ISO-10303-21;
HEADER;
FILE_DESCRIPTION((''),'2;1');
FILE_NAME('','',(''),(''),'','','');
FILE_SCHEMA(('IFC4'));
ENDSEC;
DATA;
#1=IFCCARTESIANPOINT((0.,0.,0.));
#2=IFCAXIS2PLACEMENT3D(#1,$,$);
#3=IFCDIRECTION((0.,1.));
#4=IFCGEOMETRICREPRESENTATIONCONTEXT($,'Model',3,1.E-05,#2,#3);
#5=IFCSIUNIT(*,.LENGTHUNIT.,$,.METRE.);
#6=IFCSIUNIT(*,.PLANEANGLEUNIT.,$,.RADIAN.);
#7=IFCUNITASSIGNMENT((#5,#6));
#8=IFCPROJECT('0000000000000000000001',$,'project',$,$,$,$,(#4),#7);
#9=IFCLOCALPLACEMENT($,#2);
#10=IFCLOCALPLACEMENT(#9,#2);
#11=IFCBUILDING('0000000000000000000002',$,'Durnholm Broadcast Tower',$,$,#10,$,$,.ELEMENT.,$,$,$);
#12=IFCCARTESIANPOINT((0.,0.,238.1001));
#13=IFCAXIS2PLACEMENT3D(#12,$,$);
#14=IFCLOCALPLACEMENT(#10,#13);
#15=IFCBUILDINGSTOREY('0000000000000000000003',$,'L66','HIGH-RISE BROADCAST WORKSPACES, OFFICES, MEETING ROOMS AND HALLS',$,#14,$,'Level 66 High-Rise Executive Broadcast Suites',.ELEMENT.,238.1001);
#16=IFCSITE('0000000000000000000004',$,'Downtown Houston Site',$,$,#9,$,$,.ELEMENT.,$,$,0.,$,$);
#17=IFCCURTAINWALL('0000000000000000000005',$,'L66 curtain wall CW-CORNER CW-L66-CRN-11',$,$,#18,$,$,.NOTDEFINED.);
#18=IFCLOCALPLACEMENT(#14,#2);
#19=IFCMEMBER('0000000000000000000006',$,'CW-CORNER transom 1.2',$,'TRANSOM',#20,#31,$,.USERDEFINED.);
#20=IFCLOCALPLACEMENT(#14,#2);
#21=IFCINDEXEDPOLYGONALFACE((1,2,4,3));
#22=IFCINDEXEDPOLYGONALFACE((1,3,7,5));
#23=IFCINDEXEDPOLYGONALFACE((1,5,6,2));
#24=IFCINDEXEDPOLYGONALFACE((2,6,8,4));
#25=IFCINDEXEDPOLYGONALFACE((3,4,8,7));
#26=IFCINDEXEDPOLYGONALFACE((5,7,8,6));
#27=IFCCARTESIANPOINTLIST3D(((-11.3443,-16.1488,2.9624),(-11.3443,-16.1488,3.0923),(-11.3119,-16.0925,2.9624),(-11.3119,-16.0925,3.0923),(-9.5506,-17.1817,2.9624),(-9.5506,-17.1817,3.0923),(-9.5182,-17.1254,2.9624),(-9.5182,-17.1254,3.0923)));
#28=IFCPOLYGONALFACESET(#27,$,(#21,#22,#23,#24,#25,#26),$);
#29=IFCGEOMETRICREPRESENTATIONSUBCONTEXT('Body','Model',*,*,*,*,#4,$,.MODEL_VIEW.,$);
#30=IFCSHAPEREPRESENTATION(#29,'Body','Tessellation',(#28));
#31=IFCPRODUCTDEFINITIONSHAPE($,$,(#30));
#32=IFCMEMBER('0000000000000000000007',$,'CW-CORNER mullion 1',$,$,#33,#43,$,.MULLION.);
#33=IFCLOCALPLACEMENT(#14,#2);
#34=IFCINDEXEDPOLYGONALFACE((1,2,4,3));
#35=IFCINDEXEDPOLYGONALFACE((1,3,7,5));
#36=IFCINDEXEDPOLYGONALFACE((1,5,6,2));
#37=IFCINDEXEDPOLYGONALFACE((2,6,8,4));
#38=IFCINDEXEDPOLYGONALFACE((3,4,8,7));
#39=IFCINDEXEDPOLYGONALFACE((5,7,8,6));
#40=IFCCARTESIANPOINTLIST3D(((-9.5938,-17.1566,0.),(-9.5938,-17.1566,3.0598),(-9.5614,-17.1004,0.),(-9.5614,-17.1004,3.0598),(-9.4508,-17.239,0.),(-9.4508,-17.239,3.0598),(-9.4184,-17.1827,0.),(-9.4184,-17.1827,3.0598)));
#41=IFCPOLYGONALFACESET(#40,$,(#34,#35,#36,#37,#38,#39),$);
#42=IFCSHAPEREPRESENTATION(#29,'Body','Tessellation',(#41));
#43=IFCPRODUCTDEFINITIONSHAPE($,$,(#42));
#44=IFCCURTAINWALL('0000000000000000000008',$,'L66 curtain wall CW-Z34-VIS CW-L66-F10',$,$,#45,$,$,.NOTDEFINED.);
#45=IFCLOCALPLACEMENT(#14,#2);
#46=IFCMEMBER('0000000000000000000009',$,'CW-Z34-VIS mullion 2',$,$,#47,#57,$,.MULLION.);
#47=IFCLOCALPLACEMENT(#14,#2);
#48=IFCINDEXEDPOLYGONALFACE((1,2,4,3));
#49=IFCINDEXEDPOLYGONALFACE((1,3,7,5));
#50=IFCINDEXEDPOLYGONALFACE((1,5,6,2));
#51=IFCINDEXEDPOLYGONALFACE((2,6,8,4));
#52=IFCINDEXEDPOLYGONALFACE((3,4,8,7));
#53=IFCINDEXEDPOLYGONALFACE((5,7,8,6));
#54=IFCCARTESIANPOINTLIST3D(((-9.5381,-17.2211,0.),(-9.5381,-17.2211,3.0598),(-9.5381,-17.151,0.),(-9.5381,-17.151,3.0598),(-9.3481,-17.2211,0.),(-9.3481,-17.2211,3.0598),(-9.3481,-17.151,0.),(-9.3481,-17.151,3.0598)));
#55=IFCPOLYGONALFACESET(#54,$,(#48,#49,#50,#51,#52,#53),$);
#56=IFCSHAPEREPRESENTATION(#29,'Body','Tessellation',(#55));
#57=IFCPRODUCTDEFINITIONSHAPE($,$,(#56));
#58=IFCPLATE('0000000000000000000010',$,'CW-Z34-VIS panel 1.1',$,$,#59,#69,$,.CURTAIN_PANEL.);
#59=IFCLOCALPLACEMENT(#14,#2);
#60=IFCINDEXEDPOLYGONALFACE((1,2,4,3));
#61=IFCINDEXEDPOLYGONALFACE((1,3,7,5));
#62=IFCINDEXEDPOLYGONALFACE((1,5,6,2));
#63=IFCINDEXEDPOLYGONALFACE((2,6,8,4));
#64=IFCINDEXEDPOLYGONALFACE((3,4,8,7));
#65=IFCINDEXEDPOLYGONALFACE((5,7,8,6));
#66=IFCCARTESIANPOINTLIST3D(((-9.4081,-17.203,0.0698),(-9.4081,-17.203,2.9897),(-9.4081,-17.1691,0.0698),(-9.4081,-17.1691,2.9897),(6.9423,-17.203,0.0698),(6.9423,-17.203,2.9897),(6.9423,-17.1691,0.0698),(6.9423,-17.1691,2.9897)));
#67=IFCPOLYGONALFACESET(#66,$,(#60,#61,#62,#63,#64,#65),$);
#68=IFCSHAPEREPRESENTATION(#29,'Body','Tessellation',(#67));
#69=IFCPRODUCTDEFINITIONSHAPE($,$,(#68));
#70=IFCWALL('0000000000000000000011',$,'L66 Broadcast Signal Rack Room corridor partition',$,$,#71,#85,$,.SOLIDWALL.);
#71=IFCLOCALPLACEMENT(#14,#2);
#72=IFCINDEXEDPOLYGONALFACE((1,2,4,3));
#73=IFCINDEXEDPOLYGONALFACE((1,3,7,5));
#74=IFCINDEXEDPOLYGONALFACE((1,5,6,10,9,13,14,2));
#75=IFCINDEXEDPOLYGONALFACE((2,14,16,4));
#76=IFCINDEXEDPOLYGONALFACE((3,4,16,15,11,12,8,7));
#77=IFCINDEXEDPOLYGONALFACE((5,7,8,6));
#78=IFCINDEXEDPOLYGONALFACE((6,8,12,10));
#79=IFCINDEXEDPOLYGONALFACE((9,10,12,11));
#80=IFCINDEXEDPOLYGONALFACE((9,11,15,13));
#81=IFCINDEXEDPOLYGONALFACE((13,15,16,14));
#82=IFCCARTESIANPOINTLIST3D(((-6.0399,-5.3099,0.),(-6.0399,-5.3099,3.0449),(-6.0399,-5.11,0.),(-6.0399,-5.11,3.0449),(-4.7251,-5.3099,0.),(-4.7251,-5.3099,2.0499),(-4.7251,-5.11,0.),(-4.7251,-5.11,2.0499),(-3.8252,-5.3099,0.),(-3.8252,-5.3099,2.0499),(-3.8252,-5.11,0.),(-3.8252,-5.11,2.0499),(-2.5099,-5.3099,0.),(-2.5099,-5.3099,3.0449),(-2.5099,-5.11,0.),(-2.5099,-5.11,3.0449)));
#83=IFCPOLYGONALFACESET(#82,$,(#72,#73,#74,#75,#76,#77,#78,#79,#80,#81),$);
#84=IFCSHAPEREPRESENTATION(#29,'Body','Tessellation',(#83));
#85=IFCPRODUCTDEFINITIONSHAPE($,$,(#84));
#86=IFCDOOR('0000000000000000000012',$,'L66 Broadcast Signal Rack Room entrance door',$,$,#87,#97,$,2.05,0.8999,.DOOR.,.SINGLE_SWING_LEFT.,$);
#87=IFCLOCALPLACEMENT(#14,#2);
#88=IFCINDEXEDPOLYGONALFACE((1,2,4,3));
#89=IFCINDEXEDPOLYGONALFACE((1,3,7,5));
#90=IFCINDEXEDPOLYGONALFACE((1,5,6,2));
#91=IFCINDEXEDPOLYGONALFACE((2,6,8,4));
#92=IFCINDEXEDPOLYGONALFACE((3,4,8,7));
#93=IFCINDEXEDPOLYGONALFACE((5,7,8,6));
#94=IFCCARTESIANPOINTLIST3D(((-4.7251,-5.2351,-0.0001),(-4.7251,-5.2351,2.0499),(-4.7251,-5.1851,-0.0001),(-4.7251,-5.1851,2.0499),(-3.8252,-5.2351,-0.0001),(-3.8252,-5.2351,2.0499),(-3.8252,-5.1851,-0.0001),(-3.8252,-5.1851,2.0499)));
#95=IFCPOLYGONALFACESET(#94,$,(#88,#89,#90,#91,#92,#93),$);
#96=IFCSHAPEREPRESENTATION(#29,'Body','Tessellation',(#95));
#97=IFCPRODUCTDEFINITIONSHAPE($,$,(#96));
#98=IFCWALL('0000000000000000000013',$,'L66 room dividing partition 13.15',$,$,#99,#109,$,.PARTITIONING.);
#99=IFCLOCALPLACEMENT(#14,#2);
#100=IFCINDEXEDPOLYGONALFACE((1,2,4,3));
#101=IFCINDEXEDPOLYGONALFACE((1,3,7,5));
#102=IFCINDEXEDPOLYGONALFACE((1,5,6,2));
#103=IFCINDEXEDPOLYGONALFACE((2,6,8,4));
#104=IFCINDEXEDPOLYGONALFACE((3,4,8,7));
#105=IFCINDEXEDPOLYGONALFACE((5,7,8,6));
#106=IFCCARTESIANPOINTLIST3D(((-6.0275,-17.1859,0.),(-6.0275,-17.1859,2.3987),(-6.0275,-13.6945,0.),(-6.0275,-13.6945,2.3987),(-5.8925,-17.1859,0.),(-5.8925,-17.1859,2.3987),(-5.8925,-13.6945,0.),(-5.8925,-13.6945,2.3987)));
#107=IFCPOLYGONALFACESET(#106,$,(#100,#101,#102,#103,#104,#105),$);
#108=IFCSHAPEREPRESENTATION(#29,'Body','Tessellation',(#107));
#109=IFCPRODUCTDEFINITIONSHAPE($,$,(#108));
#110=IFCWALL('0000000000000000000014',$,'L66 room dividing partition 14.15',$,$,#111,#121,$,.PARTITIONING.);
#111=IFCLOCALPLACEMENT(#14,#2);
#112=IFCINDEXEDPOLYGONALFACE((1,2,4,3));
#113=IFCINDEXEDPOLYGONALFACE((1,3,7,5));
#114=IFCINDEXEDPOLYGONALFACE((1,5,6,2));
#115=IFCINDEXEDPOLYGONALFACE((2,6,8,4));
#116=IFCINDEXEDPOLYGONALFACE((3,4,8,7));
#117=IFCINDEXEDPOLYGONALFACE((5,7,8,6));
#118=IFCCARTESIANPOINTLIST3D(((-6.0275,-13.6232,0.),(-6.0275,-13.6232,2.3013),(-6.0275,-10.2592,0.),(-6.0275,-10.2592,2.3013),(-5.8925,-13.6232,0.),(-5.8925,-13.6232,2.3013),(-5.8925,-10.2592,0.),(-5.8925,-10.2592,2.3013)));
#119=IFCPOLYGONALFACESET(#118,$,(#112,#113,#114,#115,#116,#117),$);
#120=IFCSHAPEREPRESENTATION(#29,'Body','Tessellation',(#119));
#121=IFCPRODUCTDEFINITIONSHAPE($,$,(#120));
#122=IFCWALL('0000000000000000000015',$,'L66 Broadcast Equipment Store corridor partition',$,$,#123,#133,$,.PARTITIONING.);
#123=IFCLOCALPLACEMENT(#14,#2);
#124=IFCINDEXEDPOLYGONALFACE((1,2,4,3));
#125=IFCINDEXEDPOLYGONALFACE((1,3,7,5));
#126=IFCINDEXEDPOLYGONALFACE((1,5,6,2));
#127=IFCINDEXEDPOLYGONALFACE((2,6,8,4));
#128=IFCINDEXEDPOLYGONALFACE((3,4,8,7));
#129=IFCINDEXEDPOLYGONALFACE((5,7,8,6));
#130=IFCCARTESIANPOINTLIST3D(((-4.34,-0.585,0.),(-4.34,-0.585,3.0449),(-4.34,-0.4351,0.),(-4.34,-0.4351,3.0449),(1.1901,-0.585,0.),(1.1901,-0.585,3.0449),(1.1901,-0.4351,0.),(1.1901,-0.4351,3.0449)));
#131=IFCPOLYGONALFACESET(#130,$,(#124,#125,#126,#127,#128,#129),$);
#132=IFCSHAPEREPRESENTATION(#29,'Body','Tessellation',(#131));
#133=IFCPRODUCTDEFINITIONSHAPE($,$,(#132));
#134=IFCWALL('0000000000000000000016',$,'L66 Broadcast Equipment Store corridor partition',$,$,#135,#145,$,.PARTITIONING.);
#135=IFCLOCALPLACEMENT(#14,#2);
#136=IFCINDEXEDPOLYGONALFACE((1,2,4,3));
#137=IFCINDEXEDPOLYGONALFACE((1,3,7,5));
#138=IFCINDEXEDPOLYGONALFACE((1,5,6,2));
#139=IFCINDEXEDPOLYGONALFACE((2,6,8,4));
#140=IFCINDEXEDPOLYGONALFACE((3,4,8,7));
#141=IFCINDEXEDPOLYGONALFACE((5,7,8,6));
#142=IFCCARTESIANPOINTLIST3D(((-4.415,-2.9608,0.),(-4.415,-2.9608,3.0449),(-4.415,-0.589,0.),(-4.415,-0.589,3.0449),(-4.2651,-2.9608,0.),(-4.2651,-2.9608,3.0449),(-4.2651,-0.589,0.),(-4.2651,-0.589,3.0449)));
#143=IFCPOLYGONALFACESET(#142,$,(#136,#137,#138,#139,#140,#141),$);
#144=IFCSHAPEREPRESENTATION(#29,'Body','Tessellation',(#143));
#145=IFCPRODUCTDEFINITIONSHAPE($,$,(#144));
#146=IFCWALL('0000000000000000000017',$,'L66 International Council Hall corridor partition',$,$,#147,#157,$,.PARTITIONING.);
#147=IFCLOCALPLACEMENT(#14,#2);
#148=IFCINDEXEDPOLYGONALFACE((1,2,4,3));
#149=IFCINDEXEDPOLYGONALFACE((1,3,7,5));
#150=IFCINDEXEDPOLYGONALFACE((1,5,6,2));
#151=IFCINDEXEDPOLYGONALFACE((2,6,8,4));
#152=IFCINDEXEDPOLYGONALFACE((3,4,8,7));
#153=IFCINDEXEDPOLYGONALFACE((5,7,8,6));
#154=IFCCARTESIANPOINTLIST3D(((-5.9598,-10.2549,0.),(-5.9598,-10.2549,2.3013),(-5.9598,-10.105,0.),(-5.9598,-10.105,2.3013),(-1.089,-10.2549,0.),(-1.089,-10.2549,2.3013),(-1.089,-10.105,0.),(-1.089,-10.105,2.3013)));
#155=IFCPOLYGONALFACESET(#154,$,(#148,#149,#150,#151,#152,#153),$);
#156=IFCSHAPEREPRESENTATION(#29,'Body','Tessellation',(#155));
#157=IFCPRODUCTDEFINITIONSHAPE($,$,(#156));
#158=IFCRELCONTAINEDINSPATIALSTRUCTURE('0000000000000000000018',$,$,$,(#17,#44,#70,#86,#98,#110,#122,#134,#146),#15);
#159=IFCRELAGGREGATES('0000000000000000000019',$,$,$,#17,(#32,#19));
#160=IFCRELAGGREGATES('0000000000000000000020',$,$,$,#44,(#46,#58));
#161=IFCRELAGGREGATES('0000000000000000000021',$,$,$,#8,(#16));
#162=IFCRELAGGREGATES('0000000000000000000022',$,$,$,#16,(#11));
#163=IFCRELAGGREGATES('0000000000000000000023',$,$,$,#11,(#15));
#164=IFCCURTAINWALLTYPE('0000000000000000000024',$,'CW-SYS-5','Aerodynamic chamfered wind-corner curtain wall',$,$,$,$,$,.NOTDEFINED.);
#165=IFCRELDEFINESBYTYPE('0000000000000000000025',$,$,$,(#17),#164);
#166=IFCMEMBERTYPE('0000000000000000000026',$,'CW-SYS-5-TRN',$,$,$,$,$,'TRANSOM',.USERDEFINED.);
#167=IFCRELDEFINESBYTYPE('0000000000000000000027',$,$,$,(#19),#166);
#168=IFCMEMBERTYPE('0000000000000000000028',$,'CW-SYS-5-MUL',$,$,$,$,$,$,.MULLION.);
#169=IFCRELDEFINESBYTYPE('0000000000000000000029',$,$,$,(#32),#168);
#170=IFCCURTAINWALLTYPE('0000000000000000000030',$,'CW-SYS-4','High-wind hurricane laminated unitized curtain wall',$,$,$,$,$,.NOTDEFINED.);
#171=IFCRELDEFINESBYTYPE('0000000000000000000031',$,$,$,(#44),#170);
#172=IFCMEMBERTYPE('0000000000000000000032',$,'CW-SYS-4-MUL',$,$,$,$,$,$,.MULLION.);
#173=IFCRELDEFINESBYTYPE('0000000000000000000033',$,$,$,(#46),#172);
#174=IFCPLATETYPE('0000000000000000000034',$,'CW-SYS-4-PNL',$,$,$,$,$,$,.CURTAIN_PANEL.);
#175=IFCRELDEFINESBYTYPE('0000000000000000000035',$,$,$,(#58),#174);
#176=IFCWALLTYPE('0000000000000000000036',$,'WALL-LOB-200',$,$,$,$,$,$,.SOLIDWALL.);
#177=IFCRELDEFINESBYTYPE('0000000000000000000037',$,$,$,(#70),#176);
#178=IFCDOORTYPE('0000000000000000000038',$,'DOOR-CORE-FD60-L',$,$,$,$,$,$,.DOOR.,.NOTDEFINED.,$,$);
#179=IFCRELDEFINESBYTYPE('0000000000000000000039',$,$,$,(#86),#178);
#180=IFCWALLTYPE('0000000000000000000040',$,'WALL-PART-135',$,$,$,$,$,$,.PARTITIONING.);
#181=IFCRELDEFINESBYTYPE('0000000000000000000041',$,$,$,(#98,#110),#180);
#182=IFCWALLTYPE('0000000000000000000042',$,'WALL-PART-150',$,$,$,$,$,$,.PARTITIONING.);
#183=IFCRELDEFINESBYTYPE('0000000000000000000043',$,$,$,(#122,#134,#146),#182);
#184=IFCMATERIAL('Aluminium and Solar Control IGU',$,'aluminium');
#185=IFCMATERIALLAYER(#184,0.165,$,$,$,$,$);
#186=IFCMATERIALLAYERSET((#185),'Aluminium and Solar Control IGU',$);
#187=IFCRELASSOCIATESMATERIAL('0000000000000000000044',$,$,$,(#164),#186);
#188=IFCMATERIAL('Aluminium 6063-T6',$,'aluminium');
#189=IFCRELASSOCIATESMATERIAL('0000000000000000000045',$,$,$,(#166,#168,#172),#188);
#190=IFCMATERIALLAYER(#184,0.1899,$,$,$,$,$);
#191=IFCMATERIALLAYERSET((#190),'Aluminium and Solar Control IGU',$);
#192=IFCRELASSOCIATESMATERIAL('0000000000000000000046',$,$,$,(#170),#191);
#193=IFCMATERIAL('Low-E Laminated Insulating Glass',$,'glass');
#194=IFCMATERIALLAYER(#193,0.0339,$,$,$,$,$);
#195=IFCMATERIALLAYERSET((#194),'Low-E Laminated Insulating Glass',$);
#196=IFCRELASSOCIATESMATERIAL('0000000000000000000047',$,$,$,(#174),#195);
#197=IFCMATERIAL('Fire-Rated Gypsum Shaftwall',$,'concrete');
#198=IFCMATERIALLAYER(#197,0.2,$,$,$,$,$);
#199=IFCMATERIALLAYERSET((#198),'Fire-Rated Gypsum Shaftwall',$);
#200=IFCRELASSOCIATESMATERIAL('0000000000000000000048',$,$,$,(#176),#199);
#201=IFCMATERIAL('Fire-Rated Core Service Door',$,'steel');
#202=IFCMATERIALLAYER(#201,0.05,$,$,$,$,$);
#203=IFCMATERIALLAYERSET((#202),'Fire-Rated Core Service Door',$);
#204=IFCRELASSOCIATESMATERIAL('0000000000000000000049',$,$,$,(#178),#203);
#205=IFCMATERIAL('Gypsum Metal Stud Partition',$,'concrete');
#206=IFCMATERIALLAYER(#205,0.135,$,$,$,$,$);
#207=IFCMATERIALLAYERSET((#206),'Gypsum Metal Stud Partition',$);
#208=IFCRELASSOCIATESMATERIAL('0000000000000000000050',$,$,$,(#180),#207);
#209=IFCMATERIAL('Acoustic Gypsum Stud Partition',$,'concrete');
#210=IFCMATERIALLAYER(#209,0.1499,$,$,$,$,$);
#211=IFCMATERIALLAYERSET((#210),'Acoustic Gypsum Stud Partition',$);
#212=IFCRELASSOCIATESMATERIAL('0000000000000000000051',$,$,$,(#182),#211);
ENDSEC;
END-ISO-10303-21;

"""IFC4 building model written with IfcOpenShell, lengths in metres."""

from ifc_helpers import new_model, si_unit, direction, frame, frame_2d, origin, origin_2d, place, context, subcontext, project, spatial, rectangle, extrude, source, transform, mapped, material, layer, layer_set, material_profile, profile_set, type_object, type_shapes, element, fill, aggregate, save


model = new_model("IFC4")

# Units and contexts
model_context = context("Model", 3, precision=1e-05, world=origin(), true_north=direction((0.0, 1.0)))
body_context = subcontext(model_context, "Body", "Model", "MODEL_VIEW")
ifc_project = project(units=[si_unit("LENGTHUNIT", "METRE"), si_unit("PLANEANGLEUNIT", "RADIAN")], contexts=[model_context])

# Site, building, storey
site_placement = place(None, origin())
site = spatial("IfcSite", under=ifc_project, at=site_placement, Name="Downtown Houston Site", CompositionType="ELEMENT", RefElevation=0.0)
building_placement = place(site_placement, origin())
building = spatial("IfcBuilding", under=site, at=building_placement, Name="Durnholm Broadcast Tower", CompositionType="ELEMENT")
storey_placement = place(building_placement, frame((0.0, 0.0, 238.1001)))
storey = spatial("IfcBuildingStorey", under=building, at=storey_placement, Name="L66", Description="HIGH-RISE BROADCAST WORKSPACES, OFFICES, MEETING ROOMS AND HALLS", LongName="Level 66 High-Rise Executive Broadcast Suites", CompositionType="ELEMENT", Elevation=238.1001)

# Curtain wall, members
ifc_material_1 = material(Name="Aluminium and Solar Control IGU", Category="aluminium")
ifc_layer_1 = layer(ifc_material_1, 0.165)
ifc_layer_set_1 = layer_set([ifc_layer_1], Name="Aluminium and Solar Control IGU")
curtain_wall_type_1 = type_object("IfcCurtainWallType", Name="CW-SYS-5", Description="Aerodynamic chamfered wind-corner curtain wall", PredefinedType="NOTDEFINED", material=ifc_layer_set_1)
curtain_wall_1_placement = place(storey_placement, origin())
curtain_wall_1 = element("IfcCurtainWall", 1, at=curtain_wall_1_placement, inside=storey, type_object=curtain_wall_type_1, Name="L66 curtain wall CW-CORNER CW-L66-CRN-11", PredefinedType="NOTDEFINED")
ifc_material_2 = material(Name="Aluminium 6063-T6", Category="aluminium")
ifc_material_profile_1 = material_profile(ifc_material_2, rectangle(XDim=0.0649, YDim=0.1299, at=origin_2d()), Name="CWT65X130")
ifc_profile_set_1 = profile_set([ifc_material_profile_1], Name="Aluminium 6063-T6")
member_type_1 = type_object("IfcMemberType", Name="CW-SYS-5-TRN", ElementType="TRANSOM", PredefinedType="USERDEFINED", material=ifc_profile_set_1)
shared_shape_1 = source(origin(), body_context, "Body", "SweptSolid", [
    extrude(rectangle(XDim=0.0649, YDim=0.1299, at=origin_2d()), origin(), (0.0, 0.0, 1.0), 2.0698),
])
type_shapes(member_type_1, [shared_shape_1])
member_1_placement = place(storey_placement, frame((-9.5344, -17.1536, 3.0273), z_axis=(-0.866576, 0.499045, 0.0), x_axis=(-0.499045, -0.866576, 0.0)))
member_1 = element("IfcMember", 2, at=member_1_placement, type_object=member_type_1, Name="CW-CORNER transom 1.2", ObjectType="TRANSOM", PredefinedType="USERDEFINED", context=body_context, shape_type="MappedRepresentation", body=[
    mapped(shared_shape_1, transform((0.0, 0.0, 0.0), x_axis=(1.0, 0.0, 0.0), y_axis=(0.0, 1.0, 0.0), z_axis=(0.0, 0.0, 1.0), scale=1.0)),
])
ifc_material_profile_2 = material_profile(ifc_material_2, rectangle(XDim=0.0649, YDim=0.165, at=origin_2d()), Name="CWM65X165")
ifc_profile_set_2 = profile_set([ifc_material_profile_2], Name="Aluminium 6063-T6")
member_type_2 = type_object("IfcMemberType", Name="CW-SYS-5-MUL", PredefinedType="MULLION", material=ifc_profile_set_2)
shared_shape_2 = source(origin(), body_context, "Body", "SweptSolid", [
    extrude(rectangle(XDim=0.0649, YDim=0.165, at=origin_2d()), origin(), (0.0, 0.0, 1.0), 3.0598),
])
type_shapes(member_type_2, [shared_shape_2])
member_2_placement = place(storey_placement, frame((-9.5061, -17.1697, 0.0), z_axis=(0.0, 0.0, 1.0), x_axis=(-0.499059, -0.866568, 0.0)))
member_2 = element("IfcMember", 3, at=member_2_placement, type_object=member_type_2, Name="CW-CORNER mullion 1", PredefinedType="MULLION", context=body_context, shape_type="MappedRepresentation", body=[
    mapped(shared_shape_2, transform((0.0, 0.0, 0.0), x_axis=(1.0, 0.0, 0.0), y_axis=(0.0, 1.0, 0.0), z_axis=(0.0, 0.0, 1.0), scale=1.0)),
])
aggregate(curtain_wall_1, [member_2, member_1])

# Curtain wall, member, plate
ifc_layer_2 = layer(ifc_material_1, 0.1899)
ifc_layer_set_2 = layer_set([ifc_layer_2], Name="Aluminium and Solar Control IGU")
curtain_wall_type_2 = type_object("IfcCurtainWallType", Name="CW-SYS-4", Description="High-wind hurricane laminated unitized curtain wall", PredefinedType="NOTDEFINED", material=ifc_layer_set_2)
curtain_wall_2_placement = place(storey_placement, origin())
curtain_wall_2 = element("IfcCurtainWall", 4, at=curtain_wall_2_placement, inside=storey, type_object=curtain_wall_type_2, Name="L66 curtain wall CW-Z34-VIS CW-L66-F10", PredefinedType="NOTDEFINED")
ifc_material_profile_3 = material_profile(ifc_material_2, rectangle(XDim=0.0701, YDim=0.1899, at=origin_2d()), Name="CWM70X190")
ifc_profile_set_3 = profile_set([ifc_material_profile_3], Name="Aluminium 6063-T6")
member_type_3 = type_object("IfcMemberType", Name="CW-SYS-4-MUL", PredefinedType="MULLION", material=ifc_profile_set_3)
shared_shape_3 = source(origin(), body_context, "Body", "SweptSolid", [
    extrude(rectangle(XDim=0.0701, YDim=0.1899, at=origin_2d()), origin(), (0.0, 0.0, 1.0), 3.0598),
])
type_shapes(member_type_3, [shared_shape_3])
member_3_placement = place(storey_placement, frame((-9.4431, -17.186, 0.0), z_axis=(0.0, 0.0, 1.0), x_axis=(0.0, -1.0, 0.0)))
member_3 = element("IfcMember", 5, at=member_3_placement, type_object=member_type_3, Name="CW-Z34-VIS mullion 2", PredefinedType="MULLION", context=body_context, shape_type="MappedRepresentation", body=[
    mapped(shared_shape_3, transform((0.0, 0.0, 0.0), x_axis=(1.0, 0.0, 0.0), y_axis=(0.0, 1.0, 0.0), z_axis=(0.0, 0.0, 1.0), scale=1.0)),
])
ifc_material_3 = material(Name="Low-E Laminated Insulating Glass", Category="glass")
ifc_layer_3 = layer(ifc_material_3, 0.0339)
ifc_layer_set_3 = layer_set([ifc_layer_3], Name="Low-E Laminated Insulating Glass")
plate_type = type_object("IfcPlateType", Name="CW-SYS-4-PNL", PredefinedType="CURTAIN_PANEL", material=ifc_layer_set_3)
shared_shape_4 = source(origin(), body_context, "Body", "SweptSolid", [
    extrude(rectangle(XDim=16.3503, YDim=0.0339, at=origin_2d()), origin(), (0.0, 0.0, 1.0), 2.9199),
])
type_shapes(plate_type, [shared_shape_4])
plate_placement = place(storey_placement, frame((-1.2329, -17.186, 0.0698), z_axis=(0.0, 0.0, 1.0), x_axis=(-1.0, 0.0, 0.0)))
plate = element("IfcPlate", 6, at=plate_placement, type_object=plate_type, Name="CW-Z34-VIS panel 1.1", PredefinedType="CURTAIN_PANEL", context=body_context, shape_type="MappedRepresentation", body=[
    mapped(shared_shape_4, transform((0.0, 0.0, 0.0), x_axis=(1.0, 0.0, 0.0), y_axis=(0.0, 1.0, 0.0), z_axis=(0.0, 0.0, 1.0), scale=1.0)),
])
aggregate(curtain_wall_2, [member_3, plate])

# Wall, opening, door
ifc_material_4 = material(Name="Fire-Rated Gypsum Shaftwall", Category="concrete")
ifc_layer_4 = layer(ifc_material_4, 0.2)
ifc_layer_set_4 = layer_set([ifc_layer_4], Name="Fire-Rated Gypsum Shaftwall")
wall_type_1 = type_object("IfcWallType", Name="WALL-LOB-200", PredefinedType="SOLIDWALL", material=ifc_layer_set_4)
wall_1_placement = place(storey_placement, frame((-6.04, -5.21, 0.0), z_axis=(0.0, 0.0, 1.0), x_axis=(1.0, 0.0, 0.0)))
wall_1 = element("IfcWall", 7, at=wall_1_placement, inside=storey, type_object=wall_type_1, Name="L66 Broadcast Signal Rack Room corridor partition", PredefinedType="SOLIDWALL", context=body_context, shape_type="SweptSolid", body=[
    extrude(rectangle(XDim=3.53, YDim=0.2, at=frame_2d((1.7651, 0.0))), origin(), (0.0, 0.0, 1.0), 3.0449),
])
opening_1_placement = place(wall_1_placement, frame((1.3149, 0.0, 0.0)))
opening_1 = element("IfcOpeningElement", 8, at=opening_1_placement, cuts=wall_1, PredefinedType="OPENING", context=body_context, shape_type="SweptSolid", body=[
    extrude(rectangle(XDim=0.8999, YDim=2.05, at=frame_2d((0.45, 1.0249))), frame((0.0, 0.1099, 0.0), z_axis=(0.0, -1.0, 0.0), x_axis=(1.0, 0.0, 0.0)), (0.0, 0.0, 1.0), 0.22),
])
ifc_material_5 = material(Name="Fire-Rated Core Service Door", Category="steel")
ifc_layer_5 = layer(ifc_material_5, 0.05)
ifc_layer_set_5 = layer_set([ifc_layer_5], Name="Fire-Rated Core Service Door")
door_type_1 = type_object("IfcDoorType", Name="DOOR-CORE-FD60-L", OperationType="NOTDEFINED", PredefinedType="DOOR", material=ifc_layer_set_5)
shared_shape_5 = source(origin(), body_context, "Body", "SweptSolid", [
    extrude(rectangle(XDim=0.8999, YDim=2.05, at=frame_2d((0.45, 1.0249))), frame((0.0, 0.0249, 0.0), z_axis=(0.0, -1.0, 0.0), x_axis=(1.0, 0.0, 0.0)), (0.0, 0.0, 1.0), 0.05),
])
type_shapes(door_type_1, [shared_shape_5])
door_1_placement = place(opening_1_placement, origin())
door_1 = element("IfcDoor", 9, at=door_1_placement, inside=storey, type_object=door_type_1, Name="L66 Broadcast Signal Rack Room entrance door", OperationType="SINGLE_SWING_LEFT", OverallHeight=2.05, OverallWidth=0.8999, PredefinedType="DOOR", context=body_context, shape_type="MappedRepresentation", body=[
    mapped(shared_shape_5, transform((0.0, 0.0, 0.0), x_axis=(1.0, 0.0, 0.0), y_axis=(0.0, 1.0, 0.0), z_axis=(0.0, 0.0, 1.0), scale=1.0)),
])
fill(opening_1, door_1)

# Walls
ifc_material_6 = material(Name="Gypsum Metal Stud Partition", Category="concrete")
ifc_layer_6 = layer(ifc_material_6, 0.135)
ifc_layer_set_6 = layer_set([ifc_layer_6], Name="Gypsum Metal Stud Partition")
wall_type_2 = type_object("IfcWallType", Name="WALL-PART-135", PredefinedType="PARTITIONING", material=ifc_layer_set_6)
wall_2_placement = place(storey_placement, frame((-5.96, -13.6946, 0.0), z_axis=(0.0, 0.0, 1.0), x_axis=(0.0, -1.0, 0.0)))
element("IfcWall", 10, at=wall_2_placement, inside=storey, type_object=wall_type_2, Name="L66 room dividing partition 13.15", PredefinedType="PARTITIONING", context=body_context, shape_type="SweptSolid", body=[
    extrude(rectangle(XDim=3.4915, YDim=0.135, at=frame_2d((1.7456, 0.0))), origin(), (0.0, 0.0, 1.0), 2.3987),
])
wall_3_placement = place(storey_placement, frame((-5.96, -10.259, 0.0), z_axis=(0.0, 0.0, 1.0), x_axis=(0.0, -1.0, 0.0)))
element("IfcWall", 11, at=wall_3_placement, inside=storey, type_object=wall_type_2, Name="L66 room dividing partition 14.15", PredefinedType="PARTITIONING", context=body_context, shape_type="SweptSolid", body=[
    extrude(rectangle(XDim=3.364, YDim=0.135, at=frame_2d((1.6821, 0.0))), origin(), (0.0, 0.0, 1.0), 2.3013),
])
ifc_material_7 = material(Name="Acoustic Gypsum Stud Partition", Category="concrete")
ifc_layer_7 = layer(ifc_material_7, 0.1499)
ifc_layer_set_7 = layer_set([ifc_layer_7], Name="Acoustic Gypsum Stud Partition")
wall_type_3 = type_object("IfcWallType", Name="WALL-PART-150", PredefinedType="PARTITIONING", material=ifc_layer_set_7)
wall_4_placement = place(storey_placement, frame((-4.3401, -0.51, 0.0), z_axis=(0.0, 0.0, 1.0), x_axis=(1.0, 0.0, 0.0)))
element("IfcWall", 12, at=wall_4_placement, inside=storey, type_object=wall_type_3, Name="L66 Broadcast Equipment Store corridor partition", PredefinedType="PARTITIONING", context=body_context, shape_type="SweptSolid", body=[
    extrude(rectangle(XDim=5.53, YDim=0.1499, at=frame_2d((2.7651, 0.0))), origin(), (0.0, 0.0, 1.0), 3.0449),
])
wall_5_placement = place(storey_placement, frame((-4.3401, -2.9609, 0.0), z_axis=(0.0, 0.0, 1.0), x_axis=(0.0, 1.0, 0.0)))
element("IfcWall", 13, at=wall_5_placement, inside=storey, type_object=wall_type_3, Name="L66 Broadcast Equipment Store corridor partition", PredefinedType="PARTITIONING", context=body_context, shape_type="SweptSolid", body=[
    extrude(rectangle(XDim=2.3718, YDim=0.1499, at=frame_2d((1.186, 0.0))), origin(), (0.0, 0.0, 1.0), 3.0449),
])

# Wall
wall_6_placement = place(storey_placement, frame((-5.96, -10.1799, 0.0), z_axis=(0.0, 0.0, 1.0), x_axis=(1.0, 0.0, 0.0)))
element("IfcWall", 14, at=wall_6_placement, inside=storey, type_object=wall_type_3, Name="L66 International Council Hall corridor partition", PredefinedType="PARTITIONING", context=body_context, shape_type="SweptSolid", body=[
    extrude(rectangle(XDim=4.8708, YDim=0.1499, at=frame_2d((2.4355, 0.0))), origin(), (0.0, 0.0, 1.0), 2.3013),
])

save(model, "model.ifc")
